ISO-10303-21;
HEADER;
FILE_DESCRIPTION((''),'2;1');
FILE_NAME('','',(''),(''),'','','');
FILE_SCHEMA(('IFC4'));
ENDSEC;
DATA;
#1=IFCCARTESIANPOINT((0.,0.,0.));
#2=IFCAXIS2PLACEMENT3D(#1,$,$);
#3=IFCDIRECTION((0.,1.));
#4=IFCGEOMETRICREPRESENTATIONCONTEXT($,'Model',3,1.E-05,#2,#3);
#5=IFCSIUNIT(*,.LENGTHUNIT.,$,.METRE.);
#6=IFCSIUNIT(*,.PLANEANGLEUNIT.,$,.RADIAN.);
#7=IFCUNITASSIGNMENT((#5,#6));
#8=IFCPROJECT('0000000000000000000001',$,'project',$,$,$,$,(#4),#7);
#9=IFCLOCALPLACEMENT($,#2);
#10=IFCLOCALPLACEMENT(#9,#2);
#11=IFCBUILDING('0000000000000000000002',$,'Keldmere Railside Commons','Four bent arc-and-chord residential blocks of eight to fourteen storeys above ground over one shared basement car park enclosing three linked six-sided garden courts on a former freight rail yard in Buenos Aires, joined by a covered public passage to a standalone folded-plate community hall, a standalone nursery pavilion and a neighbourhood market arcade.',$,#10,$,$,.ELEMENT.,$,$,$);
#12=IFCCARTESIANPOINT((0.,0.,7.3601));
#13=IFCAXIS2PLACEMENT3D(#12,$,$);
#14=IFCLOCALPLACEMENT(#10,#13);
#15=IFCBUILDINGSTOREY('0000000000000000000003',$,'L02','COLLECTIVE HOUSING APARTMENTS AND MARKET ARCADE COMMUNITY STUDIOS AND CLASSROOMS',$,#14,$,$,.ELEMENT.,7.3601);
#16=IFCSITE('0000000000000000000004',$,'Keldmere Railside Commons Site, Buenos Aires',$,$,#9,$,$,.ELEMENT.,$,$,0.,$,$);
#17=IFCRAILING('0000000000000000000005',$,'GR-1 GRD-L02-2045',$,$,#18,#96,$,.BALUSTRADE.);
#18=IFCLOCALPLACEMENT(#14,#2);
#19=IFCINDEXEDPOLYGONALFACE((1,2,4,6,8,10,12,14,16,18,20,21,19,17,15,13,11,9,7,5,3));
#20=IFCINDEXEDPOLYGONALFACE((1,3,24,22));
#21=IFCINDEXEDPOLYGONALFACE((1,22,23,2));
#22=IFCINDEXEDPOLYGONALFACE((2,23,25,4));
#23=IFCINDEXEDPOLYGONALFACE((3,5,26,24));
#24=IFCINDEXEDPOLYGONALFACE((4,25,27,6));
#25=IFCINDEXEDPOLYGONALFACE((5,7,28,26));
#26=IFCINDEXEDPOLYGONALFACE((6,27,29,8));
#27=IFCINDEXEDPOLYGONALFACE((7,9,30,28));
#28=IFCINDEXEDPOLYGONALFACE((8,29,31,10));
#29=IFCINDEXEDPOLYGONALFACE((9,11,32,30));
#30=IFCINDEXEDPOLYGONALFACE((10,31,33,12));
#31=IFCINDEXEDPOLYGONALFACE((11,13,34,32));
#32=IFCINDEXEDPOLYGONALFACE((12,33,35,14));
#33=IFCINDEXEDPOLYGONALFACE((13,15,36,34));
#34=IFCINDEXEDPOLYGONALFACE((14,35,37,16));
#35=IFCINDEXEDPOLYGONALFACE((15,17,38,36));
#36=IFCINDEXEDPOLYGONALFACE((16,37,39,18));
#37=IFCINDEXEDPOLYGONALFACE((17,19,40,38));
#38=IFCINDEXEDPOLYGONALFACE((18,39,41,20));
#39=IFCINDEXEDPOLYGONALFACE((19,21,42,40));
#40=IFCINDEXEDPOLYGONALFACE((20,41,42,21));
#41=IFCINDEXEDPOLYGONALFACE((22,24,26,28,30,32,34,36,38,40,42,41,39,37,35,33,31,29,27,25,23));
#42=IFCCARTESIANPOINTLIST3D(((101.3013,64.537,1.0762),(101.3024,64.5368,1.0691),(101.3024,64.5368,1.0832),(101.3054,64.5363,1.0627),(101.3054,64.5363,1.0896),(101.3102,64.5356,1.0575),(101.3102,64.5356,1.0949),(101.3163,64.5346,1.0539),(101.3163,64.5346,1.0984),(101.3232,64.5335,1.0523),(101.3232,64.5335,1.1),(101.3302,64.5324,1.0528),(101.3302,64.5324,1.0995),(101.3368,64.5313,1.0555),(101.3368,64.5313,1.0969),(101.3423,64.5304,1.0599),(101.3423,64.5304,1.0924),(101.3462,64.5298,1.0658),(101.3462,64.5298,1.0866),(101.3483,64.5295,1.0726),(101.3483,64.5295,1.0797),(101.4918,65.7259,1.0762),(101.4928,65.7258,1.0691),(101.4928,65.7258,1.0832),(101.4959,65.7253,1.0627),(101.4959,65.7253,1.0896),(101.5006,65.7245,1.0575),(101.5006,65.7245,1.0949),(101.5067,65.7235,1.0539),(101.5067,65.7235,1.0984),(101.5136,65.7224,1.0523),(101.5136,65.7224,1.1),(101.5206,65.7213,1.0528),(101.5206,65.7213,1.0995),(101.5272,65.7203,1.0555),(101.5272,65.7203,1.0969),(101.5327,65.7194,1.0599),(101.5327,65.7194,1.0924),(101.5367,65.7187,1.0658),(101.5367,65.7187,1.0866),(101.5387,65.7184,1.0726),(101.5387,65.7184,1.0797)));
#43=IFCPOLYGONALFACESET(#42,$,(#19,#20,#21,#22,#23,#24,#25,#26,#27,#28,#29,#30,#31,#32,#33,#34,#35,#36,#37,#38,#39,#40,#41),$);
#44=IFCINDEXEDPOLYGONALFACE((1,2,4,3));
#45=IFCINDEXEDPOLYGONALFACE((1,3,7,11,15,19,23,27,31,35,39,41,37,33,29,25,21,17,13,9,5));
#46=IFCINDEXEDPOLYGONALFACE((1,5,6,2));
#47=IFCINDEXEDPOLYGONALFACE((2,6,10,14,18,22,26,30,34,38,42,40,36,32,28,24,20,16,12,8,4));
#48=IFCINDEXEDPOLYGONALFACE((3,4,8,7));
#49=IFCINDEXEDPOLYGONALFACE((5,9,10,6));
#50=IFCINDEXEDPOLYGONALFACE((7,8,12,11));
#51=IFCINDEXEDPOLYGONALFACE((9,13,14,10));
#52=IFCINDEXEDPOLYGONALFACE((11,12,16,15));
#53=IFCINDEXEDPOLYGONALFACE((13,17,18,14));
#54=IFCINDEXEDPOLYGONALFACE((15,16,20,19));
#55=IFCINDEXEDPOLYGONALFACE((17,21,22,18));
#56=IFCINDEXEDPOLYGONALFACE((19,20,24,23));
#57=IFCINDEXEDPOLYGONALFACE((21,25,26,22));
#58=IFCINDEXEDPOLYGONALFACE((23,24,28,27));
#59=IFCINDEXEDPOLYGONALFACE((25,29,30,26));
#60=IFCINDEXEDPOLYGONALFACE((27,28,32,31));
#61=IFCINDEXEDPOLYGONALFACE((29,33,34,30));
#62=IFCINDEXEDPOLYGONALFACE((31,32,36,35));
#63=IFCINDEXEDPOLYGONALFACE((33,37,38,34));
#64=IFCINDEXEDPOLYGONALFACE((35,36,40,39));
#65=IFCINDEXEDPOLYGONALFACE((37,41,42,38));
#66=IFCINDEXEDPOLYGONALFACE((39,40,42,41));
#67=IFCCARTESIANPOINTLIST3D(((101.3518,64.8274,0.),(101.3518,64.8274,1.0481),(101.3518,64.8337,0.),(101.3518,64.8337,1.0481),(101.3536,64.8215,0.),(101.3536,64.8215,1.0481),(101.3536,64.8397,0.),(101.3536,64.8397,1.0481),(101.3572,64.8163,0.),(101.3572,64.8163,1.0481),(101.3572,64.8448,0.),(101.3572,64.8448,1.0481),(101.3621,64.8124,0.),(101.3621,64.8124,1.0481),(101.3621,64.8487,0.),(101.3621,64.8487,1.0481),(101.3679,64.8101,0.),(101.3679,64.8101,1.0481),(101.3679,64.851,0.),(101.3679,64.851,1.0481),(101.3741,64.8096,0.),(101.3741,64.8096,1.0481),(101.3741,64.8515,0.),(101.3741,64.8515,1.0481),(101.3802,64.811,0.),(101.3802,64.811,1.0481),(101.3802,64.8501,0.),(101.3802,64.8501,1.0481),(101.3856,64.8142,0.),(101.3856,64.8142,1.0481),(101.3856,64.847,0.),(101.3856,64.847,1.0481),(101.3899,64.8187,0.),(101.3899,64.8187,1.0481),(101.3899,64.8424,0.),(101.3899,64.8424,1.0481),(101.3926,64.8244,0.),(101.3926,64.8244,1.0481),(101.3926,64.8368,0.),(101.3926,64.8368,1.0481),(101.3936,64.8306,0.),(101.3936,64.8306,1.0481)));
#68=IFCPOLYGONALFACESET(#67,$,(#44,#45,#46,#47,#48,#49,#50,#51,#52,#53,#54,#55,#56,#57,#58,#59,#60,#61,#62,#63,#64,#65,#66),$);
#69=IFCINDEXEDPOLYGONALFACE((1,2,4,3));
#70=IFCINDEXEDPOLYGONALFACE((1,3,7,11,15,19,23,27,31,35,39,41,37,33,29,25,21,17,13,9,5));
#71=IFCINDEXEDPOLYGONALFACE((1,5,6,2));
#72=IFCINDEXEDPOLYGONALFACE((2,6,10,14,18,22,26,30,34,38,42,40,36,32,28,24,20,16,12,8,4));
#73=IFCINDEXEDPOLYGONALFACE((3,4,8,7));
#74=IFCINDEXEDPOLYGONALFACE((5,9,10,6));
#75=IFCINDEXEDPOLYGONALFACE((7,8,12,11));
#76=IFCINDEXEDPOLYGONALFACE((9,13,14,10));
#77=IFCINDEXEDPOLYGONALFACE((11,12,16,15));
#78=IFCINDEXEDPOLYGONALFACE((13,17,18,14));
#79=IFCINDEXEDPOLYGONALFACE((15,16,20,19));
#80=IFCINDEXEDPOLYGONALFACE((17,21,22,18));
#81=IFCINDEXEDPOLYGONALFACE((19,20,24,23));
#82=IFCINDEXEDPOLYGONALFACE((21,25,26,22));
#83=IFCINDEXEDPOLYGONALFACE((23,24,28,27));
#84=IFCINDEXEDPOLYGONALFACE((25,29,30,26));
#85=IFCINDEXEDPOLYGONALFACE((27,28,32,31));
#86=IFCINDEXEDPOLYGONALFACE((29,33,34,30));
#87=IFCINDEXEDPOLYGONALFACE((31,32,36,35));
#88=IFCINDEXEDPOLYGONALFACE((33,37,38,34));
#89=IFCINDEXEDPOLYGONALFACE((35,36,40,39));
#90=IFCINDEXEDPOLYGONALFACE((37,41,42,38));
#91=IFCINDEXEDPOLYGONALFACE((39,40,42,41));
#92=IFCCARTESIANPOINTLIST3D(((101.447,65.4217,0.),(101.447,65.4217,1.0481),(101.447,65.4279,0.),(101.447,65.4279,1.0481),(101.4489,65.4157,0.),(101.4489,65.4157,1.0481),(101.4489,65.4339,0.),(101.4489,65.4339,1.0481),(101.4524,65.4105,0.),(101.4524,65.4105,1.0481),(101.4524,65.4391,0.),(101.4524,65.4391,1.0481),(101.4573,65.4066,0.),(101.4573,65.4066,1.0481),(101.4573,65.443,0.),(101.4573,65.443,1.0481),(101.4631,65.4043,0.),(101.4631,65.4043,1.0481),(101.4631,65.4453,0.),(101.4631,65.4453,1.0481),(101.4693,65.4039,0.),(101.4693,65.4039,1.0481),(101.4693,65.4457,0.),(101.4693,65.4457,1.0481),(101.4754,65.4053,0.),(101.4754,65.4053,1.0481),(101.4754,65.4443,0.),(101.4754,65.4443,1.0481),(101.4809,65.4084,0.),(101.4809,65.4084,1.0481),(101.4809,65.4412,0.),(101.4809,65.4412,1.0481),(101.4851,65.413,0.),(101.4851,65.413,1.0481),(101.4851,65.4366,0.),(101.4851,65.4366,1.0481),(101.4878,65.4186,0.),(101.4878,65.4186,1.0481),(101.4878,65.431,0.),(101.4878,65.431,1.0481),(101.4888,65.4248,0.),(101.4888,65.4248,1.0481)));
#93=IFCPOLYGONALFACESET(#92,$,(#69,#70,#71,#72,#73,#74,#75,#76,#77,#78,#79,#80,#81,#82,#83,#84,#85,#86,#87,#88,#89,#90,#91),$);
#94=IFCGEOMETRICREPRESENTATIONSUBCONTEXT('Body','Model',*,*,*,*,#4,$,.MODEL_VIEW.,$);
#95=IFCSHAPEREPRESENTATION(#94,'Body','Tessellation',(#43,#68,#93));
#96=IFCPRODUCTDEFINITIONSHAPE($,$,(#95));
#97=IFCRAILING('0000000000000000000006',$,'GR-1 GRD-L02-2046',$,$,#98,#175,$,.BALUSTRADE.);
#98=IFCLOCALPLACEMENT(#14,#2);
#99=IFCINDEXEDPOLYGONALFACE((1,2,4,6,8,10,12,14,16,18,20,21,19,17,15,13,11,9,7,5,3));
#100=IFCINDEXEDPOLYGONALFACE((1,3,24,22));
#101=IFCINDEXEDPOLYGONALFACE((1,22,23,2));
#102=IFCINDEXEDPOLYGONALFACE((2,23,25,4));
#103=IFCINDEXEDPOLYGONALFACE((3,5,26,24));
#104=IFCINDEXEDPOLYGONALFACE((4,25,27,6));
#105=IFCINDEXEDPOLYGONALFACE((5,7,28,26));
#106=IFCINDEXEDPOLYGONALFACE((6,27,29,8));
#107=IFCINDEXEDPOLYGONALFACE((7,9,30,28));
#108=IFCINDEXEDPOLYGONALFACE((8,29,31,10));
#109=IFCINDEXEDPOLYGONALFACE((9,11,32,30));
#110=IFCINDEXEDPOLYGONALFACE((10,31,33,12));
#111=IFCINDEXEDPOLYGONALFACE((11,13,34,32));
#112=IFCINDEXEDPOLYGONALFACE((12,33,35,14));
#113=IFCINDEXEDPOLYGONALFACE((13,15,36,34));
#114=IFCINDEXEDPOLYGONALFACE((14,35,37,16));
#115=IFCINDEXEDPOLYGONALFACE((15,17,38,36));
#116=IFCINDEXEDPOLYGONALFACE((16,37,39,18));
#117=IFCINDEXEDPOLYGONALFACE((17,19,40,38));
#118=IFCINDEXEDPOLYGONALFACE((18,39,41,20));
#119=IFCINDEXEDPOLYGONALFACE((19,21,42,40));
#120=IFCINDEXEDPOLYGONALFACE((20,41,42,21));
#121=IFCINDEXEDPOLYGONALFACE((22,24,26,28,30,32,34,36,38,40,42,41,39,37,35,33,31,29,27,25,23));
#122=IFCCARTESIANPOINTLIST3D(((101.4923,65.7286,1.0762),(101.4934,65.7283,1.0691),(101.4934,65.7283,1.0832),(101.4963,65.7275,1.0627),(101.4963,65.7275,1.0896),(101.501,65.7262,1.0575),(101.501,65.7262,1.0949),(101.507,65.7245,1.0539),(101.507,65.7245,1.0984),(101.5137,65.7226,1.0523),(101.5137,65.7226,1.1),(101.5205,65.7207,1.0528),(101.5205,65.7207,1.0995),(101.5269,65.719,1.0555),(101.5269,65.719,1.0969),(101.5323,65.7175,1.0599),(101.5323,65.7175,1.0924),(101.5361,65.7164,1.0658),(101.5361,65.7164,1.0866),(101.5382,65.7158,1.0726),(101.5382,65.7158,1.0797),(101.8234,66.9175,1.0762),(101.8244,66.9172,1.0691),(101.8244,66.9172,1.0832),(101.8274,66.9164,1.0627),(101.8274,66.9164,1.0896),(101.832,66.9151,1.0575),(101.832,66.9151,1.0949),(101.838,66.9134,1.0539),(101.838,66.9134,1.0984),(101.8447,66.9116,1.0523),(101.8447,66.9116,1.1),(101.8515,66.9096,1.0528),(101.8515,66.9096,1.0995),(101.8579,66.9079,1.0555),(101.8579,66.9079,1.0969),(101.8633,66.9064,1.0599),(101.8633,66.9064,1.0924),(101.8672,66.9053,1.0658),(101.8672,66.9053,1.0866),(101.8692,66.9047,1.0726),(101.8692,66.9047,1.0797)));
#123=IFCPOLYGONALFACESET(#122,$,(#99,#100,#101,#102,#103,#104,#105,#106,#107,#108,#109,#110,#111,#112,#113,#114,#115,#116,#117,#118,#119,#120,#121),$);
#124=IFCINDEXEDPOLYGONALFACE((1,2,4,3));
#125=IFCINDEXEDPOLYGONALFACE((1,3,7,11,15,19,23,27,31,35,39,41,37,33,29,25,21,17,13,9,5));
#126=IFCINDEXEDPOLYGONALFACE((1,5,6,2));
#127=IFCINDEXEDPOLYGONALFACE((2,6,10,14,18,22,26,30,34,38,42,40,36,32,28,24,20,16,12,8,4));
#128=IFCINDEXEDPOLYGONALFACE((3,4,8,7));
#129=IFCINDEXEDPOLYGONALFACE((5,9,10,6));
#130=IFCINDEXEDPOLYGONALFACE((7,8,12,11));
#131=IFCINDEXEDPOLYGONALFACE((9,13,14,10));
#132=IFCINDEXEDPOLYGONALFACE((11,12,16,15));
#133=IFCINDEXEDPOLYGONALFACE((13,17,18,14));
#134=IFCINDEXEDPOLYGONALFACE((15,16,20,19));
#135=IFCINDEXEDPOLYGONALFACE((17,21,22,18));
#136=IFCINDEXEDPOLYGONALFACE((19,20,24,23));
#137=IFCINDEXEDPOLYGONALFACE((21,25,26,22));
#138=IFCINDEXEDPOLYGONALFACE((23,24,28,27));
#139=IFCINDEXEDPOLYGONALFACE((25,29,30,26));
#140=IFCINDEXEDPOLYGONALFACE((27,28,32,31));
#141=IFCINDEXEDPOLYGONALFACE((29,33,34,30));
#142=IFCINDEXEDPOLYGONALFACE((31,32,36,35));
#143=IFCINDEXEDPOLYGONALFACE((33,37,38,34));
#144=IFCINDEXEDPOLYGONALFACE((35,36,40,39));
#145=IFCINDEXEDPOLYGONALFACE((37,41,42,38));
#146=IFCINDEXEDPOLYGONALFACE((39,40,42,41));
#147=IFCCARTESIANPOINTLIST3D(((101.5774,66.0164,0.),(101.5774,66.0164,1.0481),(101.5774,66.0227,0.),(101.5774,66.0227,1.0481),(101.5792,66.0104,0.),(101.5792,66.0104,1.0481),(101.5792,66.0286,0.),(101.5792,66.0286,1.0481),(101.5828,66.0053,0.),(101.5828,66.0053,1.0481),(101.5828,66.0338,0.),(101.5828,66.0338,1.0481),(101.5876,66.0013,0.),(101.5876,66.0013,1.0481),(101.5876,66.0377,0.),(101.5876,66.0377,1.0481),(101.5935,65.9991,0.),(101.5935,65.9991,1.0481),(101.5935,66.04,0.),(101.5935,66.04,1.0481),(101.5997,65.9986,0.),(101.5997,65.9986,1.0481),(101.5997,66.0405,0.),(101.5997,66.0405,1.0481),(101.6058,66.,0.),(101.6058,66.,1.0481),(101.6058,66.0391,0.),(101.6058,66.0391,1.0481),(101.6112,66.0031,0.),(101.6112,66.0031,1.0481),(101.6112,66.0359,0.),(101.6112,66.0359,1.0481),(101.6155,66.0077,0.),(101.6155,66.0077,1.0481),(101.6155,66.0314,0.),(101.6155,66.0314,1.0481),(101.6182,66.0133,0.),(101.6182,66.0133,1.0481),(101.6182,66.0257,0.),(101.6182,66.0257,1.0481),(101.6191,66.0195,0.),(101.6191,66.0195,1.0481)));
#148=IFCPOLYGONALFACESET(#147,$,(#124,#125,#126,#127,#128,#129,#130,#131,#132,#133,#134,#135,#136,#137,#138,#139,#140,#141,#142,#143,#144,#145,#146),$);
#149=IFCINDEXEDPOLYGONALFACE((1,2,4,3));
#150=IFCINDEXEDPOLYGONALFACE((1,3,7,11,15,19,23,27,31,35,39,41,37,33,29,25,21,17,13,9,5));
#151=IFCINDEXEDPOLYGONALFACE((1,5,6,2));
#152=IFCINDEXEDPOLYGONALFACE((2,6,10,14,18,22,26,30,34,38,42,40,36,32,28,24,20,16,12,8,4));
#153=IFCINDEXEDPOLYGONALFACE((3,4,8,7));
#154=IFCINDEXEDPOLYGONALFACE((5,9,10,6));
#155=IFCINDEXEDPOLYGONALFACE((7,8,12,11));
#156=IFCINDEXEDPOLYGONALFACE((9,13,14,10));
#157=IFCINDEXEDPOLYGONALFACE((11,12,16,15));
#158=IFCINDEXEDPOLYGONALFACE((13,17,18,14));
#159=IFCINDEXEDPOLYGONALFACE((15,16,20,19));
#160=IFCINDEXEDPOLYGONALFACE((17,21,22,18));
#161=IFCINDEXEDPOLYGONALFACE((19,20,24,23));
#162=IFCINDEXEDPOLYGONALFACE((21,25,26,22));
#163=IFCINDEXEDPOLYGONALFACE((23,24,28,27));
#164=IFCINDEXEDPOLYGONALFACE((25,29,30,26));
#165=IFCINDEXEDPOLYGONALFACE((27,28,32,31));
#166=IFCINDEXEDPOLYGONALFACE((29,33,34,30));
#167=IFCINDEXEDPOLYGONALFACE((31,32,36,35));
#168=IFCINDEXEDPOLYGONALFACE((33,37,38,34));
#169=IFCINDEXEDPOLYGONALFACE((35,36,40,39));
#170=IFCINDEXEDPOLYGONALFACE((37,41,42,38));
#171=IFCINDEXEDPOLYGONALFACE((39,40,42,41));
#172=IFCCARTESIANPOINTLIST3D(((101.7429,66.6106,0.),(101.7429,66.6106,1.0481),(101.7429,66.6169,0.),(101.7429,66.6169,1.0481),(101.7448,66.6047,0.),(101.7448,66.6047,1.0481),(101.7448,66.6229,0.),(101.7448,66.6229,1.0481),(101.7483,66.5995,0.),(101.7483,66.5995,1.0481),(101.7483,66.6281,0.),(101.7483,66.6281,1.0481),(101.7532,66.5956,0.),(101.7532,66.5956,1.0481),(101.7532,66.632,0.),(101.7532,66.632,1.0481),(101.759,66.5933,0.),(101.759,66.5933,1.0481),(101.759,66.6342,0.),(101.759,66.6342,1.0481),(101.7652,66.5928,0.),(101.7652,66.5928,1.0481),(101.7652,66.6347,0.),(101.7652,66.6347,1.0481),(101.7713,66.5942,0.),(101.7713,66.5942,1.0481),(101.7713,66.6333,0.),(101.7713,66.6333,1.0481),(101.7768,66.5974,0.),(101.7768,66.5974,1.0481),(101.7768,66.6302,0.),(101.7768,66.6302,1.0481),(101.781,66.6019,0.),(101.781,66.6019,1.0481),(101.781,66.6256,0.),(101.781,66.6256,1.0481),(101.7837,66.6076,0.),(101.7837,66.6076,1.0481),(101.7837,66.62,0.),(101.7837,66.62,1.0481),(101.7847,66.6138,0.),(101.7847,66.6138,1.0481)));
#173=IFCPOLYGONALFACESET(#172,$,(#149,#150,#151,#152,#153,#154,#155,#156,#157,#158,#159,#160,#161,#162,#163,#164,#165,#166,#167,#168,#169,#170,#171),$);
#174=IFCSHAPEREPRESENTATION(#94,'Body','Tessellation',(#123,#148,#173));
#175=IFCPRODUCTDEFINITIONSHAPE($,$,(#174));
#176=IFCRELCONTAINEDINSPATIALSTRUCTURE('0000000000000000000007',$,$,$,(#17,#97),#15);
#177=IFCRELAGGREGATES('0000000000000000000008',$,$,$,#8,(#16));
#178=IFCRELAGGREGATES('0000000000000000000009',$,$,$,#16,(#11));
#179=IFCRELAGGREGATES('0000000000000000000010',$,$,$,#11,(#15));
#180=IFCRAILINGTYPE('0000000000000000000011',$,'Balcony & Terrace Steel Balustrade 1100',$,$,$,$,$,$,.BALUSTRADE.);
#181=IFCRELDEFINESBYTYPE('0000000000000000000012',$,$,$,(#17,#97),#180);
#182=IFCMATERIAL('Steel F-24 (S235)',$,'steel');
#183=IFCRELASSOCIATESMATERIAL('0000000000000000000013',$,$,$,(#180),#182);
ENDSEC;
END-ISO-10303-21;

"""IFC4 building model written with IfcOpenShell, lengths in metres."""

from ifc_helpers import new_model, si_unit, direction, frame, origin, origin_2d, place, context, subcontext, project, spatial, circle, extrude, material, type_object, element, save


model = new_model("IFC4")

# Units and contexts
model_context = context("Model", 3, precision=1e-05, world=origin(), true_north=direction((0.0, 1.0)))
body_context = subcontext(model_context, "Body", "Model", "MODEL_VIEW")
ifc_project = project(units=[si_unit("LENGTHUNIT", "METRE"), si_unit("PLANEANGLEUNIT", "RADIAN")], contexts=[model_context])

# Site, building, storey
site_placement = place(None, origin())
site = spatial("IfcSite", under=ifc_project, at=site_placement, Name="Keldmere Railside Commons Site, Buenos Aires", CompositionType="ELEMENT", RefElevation=0.0)
building_placement = place(site_placement, origin())
building = spatial("IfcBuilding", under=site, at=building_placement, Name="Keldmere Railside Commons", Description="Four bent arc-and-chord residential blocks of eight to fourteen storeys above ground over one shared basement car park enclosing three linked six-sided garden courts on a former freight rail yard in Buenos Aires, joined by a covered public passage to a standalone folded-plate community hall, a standalone nursery pavilion and a neighbourhood market arcade.", CompositionType="ELEMENT")
storey_placement = place(building_placement, frame((0.0, 0.0, 7.3601)))
storey = spatial("IfcBuildingStorey", under=building, at=storey_placement, Name="L02", Description="COLLECTIVE HOUSING APARTMENTS AND MARKET ARCADE COMMUNITY STUDIOS AND CLASSROOMS", CompositionType="ELEMENT", Elevation=7.3601)

# Railings
ifc_material_1 = material(Name="Steel F-24 (S235)", Category="steel")
railing_type_1 = type_object("IfcRailingType", Name="Balcony & Terrace Steel Balustrade 1100", PredefinedType="BALUSTRADE", material=ifc_material_1)
railing_1_placement = place(storey_placement, frame((101.325, 64.5332, 0.0)))
element("IfcRailing", 1, at=railing_1_placement, inside=storey, type_object=railing_type_1, Name="GR-1 GRD-L02-2045", PredefinedType="BALUSTRADE", context=body_context, shape_type="SweptSolid", body=[
    extrude(circle(Radius=0.0239, at=origin_2d()), frame((0.0, 0.0, 1.0762), z_axis=(0.158149, 0.987415, 0.0), x_axis=(-0.987415, 0.158149, 0.0)), (0.0, 0.0, 1.0), 1.2041),
    extrude(circle(Radius=0.021, at=origin_2d()), frame((0.0476, 0.2974, 0.0)), (0.0, 0.0, 1.0), 1.0481),
    extrude(circle(Radius=0.021, at=origin_2d()), frame((0.1428, 0.8916, 0.0)), (0.0, 0.0, 1.0), 1.0481),
])
railing_2_placement = place(storey_placement, frame((101.5154, 65.7222, 0.0)))
element("IfcRailing", 2, at=railing_2_placement, inside=storey, type_object=railing_type_1, Name="GR-1 GRD-L02-2046", PredefinedType="BALUSTRADE", context=body_context, shape_type="SweptSolid", body=[
    extrude(circle(Radius=0.0239, at=origin_2d()), frame((0.0, 0.0, 1.0762), z_axis=(0.268236, 0.963353, 0.0), x_axis=(-0.963353, 0.268236, 0.0)), (0.0, 0.0, 1.0), 1.2341),
    extrude(circle(Radius=0.021, at=origin_2d()), frame((0.0828, 0.2974, 0.0)), (0.0, 0.0, 1.0), 1.0481),
    extrude(circle(Radius=0.021, at=origin_2d()), frame((0.2483, 0.8916, 0.0)), (0.0, 0.0, 1.0), 1.0481),
])

save(model, "model.ifc")
